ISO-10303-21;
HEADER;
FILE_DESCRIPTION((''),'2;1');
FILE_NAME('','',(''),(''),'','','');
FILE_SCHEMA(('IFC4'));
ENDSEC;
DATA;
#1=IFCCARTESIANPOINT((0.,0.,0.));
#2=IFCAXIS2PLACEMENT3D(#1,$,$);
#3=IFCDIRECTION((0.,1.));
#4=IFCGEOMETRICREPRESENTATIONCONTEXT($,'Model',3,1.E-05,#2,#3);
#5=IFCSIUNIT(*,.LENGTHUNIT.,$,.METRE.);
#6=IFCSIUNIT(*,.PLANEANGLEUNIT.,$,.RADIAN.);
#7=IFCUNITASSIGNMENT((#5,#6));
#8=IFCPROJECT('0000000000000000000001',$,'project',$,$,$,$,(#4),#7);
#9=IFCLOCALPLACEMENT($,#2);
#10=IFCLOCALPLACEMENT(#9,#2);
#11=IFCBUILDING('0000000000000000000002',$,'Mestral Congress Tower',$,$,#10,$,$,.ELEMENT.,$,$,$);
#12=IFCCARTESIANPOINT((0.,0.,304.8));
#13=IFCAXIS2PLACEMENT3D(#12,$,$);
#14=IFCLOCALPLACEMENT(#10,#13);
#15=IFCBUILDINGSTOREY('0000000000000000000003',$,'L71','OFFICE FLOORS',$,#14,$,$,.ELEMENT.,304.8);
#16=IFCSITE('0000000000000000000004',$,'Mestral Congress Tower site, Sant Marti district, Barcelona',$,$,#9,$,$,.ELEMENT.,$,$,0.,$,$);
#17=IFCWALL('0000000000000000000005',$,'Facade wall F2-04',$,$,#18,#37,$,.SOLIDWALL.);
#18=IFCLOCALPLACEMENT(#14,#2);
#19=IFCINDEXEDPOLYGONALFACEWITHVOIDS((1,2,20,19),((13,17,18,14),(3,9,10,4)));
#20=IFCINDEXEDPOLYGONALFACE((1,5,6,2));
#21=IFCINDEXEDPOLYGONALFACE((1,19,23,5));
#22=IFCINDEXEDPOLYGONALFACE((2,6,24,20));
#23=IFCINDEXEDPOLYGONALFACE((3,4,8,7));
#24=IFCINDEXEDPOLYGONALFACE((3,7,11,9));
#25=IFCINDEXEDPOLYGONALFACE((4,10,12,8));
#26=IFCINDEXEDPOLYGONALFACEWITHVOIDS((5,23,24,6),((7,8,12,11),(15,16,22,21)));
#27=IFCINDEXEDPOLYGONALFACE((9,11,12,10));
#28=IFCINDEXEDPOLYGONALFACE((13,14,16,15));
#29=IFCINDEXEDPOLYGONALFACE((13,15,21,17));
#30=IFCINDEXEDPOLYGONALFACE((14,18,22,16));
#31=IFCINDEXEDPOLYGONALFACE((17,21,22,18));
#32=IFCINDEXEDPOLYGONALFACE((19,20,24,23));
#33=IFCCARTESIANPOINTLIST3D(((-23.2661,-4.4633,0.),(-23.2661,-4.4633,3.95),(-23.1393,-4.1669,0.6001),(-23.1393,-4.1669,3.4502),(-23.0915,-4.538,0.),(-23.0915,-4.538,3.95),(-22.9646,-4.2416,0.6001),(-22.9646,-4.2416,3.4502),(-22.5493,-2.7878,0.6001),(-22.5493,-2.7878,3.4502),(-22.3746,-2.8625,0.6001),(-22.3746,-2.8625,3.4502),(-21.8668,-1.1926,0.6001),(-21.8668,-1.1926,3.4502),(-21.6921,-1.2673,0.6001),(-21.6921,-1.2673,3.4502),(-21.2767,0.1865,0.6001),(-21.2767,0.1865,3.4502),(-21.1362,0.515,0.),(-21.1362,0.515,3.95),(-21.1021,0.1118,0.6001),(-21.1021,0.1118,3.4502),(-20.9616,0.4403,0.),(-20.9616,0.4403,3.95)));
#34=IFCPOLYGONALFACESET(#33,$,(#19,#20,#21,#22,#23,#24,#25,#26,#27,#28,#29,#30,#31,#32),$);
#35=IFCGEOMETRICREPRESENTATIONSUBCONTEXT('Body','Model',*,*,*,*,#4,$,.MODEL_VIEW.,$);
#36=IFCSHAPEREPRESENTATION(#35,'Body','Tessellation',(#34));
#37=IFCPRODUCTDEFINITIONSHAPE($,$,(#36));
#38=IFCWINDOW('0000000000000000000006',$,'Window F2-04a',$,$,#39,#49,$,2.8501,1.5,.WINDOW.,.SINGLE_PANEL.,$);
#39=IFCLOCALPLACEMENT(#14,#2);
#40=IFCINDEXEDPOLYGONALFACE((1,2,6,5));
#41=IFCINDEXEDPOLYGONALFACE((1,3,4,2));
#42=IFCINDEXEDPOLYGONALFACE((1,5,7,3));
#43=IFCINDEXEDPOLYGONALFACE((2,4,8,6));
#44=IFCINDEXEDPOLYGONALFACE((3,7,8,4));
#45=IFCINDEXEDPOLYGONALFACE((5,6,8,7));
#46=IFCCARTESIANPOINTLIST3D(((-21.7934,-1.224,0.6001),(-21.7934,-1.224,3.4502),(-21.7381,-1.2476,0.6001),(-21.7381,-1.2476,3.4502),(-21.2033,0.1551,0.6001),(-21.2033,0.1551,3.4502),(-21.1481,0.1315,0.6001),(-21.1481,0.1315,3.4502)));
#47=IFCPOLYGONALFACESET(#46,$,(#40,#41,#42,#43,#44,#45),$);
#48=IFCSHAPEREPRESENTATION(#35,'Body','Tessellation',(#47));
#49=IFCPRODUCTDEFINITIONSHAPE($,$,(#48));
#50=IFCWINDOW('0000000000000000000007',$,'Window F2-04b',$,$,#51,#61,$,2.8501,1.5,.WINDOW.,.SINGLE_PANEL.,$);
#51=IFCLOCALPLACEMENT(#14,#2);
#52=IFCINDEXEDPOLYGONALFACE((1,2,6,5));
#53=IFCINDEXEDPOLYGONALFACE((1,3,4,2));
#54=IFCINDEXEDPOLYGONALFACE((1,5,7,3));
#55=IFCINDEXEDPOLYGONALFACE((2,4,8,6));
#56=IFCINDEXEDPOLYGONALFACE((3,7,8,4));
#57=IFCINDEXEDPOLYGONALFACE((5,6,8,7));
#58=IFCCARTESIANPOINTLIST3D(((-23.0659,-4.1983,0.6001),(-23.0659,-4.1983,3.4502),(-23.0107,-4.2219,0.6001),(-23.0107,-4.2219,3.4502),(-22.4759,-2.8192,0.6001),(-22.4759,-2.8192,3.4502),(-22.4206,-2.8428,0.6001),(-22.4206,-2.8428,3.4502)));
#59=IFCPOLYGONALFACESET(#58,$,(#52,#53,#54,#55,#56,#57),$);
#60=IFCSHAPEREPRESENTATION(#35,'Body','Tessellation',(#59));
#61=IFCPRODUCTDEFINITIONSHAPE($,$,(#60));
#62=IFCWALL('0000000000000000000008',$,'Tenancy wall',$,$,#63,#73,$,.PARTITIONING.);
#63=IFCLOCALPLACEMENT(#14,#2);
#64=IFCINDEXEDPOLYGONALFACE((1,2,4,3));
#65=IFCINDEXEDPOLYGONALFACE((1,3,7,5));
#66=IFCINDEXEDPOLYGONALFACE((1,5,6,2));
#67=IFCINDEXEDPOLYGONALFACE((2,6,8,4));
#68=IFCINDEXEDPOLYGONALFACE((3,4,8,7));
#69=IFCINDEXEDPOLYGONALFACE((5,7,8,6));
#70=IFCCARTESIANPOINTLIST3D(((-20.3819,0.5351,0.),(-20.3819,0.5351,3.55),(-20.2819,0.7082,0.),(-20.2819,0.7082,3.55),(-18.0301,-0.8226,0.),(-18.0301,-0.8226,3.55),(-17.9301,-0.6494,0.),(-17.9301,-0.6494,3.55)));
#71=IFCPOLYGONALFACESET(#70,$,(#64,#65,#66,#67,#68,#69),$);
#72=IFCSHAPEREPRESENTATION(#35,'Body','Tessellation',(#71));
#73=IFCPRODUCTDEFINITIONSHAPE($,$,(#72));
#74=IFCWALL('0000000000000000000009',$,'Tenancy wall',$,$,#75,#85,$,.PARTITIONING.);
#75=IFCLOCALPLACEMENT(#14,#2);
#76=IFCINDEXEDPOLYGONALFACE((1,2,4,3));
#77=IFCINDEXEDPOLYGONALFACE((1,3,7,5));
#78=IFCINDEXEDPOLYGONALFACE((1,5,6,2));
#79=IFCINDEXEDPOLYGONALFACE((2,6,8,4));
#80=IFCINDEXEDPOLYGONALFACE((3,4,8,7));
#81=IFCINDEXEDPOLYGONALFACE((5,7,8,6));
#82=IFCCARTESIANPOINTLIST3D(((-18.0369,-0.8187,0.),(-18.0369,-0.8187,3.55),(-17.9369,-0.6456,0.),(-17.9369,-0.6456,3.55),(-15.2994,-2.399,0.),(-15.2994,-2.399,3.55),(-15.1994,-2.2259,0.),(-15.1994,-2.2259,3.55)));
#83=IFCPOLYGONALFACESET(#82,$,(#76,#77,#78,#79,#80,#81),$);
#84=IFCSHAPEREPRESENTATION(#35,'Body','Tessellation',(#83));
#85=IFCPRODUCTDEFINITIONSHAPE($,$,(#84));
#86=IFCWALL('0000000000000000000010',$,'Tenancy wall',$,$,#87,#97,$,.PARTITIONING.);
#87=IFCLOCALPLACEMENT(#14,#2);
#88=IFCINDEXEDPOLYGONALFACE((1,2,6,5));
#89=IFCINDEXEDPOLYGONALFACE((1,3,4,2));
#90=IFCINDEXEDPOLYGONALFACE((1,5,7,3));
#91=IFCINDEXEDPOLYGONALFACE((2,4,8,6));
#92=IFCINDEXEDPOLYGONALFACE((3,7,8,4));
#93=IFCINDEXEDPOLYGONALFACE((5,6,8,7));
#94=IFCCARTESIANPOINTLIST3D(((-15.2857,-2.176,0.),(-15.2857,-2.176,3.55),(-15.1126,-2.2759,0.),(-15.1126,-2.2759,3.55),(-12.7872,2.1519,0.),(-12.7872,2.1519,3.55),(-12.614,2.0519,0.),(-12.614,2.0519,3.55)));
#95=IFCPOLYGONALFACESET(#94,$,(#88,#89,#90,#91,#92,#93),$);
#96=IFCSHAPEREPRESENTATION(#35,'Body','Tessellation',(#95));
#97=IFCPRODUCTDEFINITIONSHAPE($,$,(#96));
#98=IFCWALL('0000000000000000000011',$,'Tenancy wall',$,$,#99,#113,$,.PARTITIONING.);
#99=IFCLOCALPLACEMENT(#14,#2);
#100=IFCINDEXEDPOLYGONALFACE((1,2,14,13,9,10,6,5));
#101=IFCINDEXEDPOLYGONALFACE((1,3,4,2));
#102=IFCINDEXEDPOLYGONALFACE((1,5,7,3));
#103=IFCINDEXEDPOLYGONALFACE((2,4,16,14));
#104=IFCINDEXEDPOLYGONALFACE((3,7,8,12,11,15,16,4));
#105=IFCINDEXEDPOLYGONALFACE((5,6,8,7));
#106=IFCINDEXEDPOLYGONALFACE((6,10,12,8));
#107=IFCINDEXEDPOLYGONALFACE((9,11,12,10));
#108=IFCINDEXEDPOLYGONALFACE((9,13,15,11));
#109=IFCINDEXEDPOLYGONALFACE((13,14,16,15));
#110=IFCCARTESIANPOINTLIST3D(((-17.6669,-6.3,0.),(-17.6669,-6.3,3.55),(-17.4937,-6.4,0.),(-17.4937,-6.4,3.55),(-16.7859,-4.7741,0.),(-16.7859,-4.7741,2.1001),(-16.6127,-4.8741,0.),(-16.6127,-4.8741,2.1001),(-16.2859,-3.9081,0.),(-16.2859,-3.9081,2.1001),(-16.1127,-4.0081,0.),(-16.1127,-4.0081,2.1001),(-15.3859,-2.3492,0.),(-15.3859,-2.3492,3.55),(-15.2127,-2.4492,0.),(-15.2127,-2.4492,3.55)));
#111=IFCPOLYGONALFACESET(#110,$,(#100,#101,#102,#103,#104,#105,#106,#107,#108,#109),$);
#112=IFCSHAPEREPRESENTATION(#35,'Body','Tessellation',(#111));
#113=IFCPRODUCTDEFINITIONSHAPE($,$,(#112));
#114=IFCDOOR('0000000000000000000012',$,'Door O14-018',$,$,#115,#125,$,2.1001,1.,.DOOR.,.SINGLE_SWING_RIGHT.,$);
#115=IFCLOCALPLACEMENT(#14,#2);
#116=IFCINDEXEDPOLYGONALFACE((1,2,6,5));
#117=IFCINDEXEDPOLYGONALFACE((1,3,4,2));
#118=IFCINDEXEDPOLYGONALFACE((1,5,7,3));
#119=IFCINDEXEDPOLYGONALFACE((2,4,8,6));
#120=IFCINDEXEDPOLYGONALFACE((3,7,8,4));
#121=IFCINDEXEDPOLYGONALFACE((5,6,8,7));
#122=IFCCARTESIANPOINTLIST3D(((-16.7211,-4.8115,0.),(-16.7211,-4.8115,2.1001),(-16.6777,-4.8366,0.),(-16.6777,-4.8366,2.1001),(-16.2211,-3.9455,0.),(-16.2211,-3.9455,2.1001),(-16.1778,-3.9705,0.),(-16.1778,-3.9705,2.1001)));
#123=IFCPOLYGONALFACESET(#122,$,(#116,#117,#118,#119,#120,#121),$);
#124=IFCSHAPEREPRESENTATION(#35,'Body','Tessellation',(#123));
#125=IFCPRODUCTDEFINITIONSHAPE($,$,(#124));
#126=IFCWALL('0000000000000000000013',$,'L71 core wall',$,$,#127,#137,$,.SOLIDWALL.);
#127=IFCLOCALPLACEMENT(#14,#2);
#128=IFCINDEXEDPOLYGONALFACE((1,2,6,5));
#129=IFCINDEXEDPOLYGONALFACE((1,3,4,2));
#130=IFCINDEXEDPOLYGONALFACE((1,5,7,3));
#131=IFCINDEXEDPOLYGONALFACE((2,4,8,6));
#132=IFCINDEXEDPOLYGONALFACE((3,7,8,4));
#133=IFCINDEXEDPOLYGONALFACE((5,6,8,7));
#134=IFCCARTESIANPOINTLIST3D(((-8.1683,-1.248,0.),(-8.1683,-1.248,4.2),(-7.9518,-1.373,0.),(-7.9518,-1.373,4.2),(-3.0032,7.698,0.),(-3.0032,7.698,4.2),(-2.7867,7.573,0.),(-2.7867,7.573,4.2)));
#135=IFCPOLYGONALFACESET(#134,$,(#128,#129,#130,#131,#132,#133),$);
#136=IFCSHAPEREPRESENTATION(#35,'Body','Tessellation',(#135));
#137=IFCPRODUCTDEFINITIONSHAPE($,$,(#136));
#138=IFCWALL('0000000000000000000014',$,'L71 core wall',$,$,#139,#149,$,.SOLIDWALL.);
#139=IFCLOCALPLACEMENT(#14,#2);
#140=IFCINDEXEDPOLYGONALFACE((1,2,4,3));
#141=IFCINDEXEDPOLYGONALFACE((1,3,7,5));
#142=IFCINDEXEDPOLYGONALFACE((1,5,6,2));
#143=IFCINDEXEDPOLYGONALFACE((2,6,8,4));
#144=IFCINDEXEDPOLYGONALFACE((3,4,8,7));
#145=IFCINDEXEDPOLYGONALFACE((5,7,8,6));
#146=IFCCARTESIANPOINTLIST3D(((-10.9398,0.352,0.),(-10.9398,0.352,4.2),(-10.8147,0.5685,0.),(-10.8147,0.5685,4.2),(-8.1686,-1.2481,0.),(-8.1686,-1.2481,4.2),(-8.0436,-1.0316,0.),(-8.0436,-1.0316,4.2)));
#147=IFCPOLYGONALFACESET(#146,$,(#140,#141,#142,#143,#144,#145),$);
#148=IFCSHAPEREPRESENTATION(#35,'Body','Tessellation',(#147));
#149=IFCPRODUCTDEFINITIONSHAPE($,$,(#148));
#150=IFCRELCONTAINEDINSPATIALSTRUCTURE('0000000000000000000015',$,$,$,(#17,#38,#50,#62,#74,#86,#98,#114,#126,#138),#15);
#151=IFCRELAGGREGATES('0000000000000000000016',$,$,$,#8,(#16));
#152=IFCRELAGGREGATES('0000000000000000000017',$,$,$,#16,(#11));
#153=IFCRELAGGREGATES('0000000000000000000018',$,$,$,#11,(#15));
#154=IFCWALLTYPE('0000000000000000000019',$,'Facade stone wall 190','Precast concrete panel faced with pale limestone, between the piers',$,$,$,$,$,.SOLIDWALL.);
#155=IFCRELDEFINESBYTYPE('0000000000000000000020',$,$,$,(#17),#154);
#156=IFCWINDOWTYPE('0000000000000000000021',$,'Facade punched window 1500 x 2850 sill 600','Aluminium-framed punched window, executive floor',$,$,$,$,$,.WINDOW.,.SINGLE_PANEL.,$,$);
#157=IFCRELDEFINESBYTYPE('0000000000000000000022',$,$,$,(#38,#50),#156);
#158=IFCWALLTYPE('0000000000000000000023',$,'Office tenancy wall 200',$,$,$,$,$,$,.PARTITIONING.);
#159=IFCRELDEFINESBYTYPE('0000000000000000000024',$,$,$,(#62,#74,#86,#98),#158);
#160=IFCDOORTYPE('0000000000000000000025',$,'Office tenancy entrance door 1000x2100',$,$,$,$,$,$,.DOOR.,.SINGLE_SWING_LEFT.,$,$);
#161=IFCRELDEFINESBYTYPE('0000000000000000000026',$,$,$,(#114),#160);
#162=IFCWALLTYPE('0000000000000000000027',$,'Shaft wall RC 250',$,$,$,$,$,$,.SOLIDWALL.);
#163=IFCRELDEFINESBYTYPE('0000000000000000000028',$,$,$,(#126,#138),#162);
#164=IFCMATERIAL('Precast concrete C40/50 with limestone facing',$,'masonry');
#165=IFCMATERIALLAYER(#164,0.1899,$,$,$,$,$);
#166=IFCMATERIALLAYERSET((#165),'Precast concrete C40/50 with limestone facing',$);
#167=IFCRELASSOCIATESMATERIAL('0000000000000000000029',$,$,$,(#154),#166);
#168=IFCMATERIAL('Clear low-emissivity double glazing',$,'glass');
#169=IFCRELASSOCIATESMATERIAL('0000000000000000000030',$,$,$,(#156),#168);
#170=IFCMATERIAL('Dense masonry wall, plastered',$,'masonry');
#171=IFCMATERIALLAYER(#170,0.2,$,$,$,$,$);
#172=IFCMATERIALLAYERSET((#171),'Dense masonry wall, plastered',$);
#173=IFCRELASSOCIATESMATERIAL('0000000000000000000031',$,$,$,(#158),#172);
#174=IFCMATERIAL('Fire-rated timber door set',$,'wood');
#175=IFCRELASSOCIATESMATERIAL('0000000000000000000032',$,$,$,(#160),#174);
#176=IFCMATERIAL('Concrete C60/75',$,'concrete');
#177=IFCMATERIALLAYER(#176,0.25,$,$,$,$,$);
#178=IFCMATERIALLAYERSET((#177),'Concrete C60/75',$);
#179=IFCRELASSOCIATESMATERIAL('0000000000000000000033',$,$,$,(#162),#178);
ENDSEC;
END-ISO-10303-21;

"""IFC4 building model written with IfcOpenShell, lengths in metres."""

from ifc_helpers import new_model, si_unit, direction, frame, frame_2d, origin, place, context, subcontext, project, spatial, rectangle, extrude, material, layer, layer_set, type_object, element, fill, save


model = new_model("IFC4")

# Units and contexts
model_context = context("Model", 3, precision=1e-05, world=origin(), true_north=direction((0.0, 1.0)))
body_context = subcontext(model_context, "Body", "Model", "MODEL_VIEW")
ifc_project = project(units=[si_unit("LENGTHUNIT", "METRE"), si_unit("PLANEANGLEUNIT", "RADIAN")], contexts=[model_context])

# Site, building, storey
site_placement = place(None, origin())
site = spatial("IfcSite", under=ifc_project, at=site_placement, Name="Mestral Congress Tower site, Sant Marti district, Barcelona", CompositionType="ELEMENT", RefElevation=0.0)
building_placement = place(site_placement, origin())
building = spatial("IfcBuilding", under=site, at=building_placement, Name="Mestral Congress Tower", CompositionType="ELEMENT")
storey_placement = place(building_placement, frame((0.0, 0.0, 304.8)))
storey = spatial("IfcBuildingStorey", under=building, at=storey_placement, Name="L71", Description="OFFICE FLOORS", CompositionType="ELEMENT", Elevation=304.8)

# Shared definitions
ifc_material_1 = material(Name="Concrete C60/75", Category="concrete")

# Wall, openings, windows
ifc_material_2 = material(Name="Precast concrete C40/50 with limestone facing", Category="masonry")
ifc_layer_1 = layer(ifc_material_2, 0.1899)
ifc_layer_set_1 = layer_set([ifc_layer_1], Name="Precast concrete C40/50 with limestone facing")
wall_type_1 = type_object("IfcWallType", Name="Facade stone wall 190", Description="Precast concrete panel faced with pale limestone, between the piers", PredefinedType="SOLIDWALL", material=ifc_layer_set_1)
ifc_material_3 = material(Name="Clear low-emissivity double glazing", Category="glass")
window_type = type_object("IfcWindowType", Name="Facade punched window 1500 x 2850 sill 600", Description="Aluminium-framed punched window, executive floor", PartitioningType="SINGLE_PANEL", PredefinedType="WINDOW", material=ifc_material_3)
wall_1_placement = place(storey_placement, frame((-21.0488, 0.4778, 0.0), z_axis=(0.0, 0.0, 1.0), x_axis=(-0.393348, -0.91939, 0.0)))
wall_1 = element("IfcWall", 1, at=wall_1_placement, inside=storey, type_object=wall_type_1, Name="Facade wall F2-04", PredefinedType="SOLIDWALL", context=body_context, shape_type="SweptSolid", body=[
    extrude(rectangle(XDim=5.4148, YDim=0.1899, at=frame_2d((2.7075, 0.0))), origin(), (0.0, 0.0, 1.0), 3.95),
])
opening_1_placement = place(wall_1_placement, frame((0.3574, 0.0, 0.6001)))
opening_1 = element("IfcOpeningElement", 2, at=opening_1_placement, cuts=wall_1, PredefinedType="OPENING", context=body_context, shape_type="SweptSolid", body=[
    extrude(rectangle(XDim=1.5, YDim=2.8501, at=frame_2d((0.75, 1.425))), frame((0.0, 0.105, 0.0), z_axis=(0.0, -1.0, 0.0), x_axis=(1.0, 0.0, 0.0)), (0.0, 0.0, 1.0), 0.21),
])
opening_2_placement = place(wall_1_placement, frame((3.5925, 0.0, 0.6001)))
opening_2 = element("IfcOpeningElement", 3, at=opening_2_placement, cuts=wall_1, PredefinedType="OPENING", context=body_context, shape_type="SweptSolid", body=[
    extrude(rectangle(XDim=1.5, YDim=2.8501, at=frame_2d((0.75, 1.425))), frame((0.0, 0.105, 0.0), z_axis=(0.0, -1.0, 0.0), x_axis=(1.0, 0.0, 0.0)), (0.0, 0.0, 1.0), 0.21),
])
window_1_placement = place(opening_1_placement, origin())
window_1 = element("IfcWindow", 4, at=window_1_placement, inside=storey, type_object=window_type, Name="Window F2-04a", OverallHeight=2.8501, OverallWidth=1.5, PartitioningType="SINGLE_PANEL", PredefinedType="WINDOW", context=body_context, shape_type="SweptSolid", body=[
    extrude(rectangle(XDim=1.5, YDim=2.8501, at=frame_2d((0.75, 1.425))), frame((0.0, 0.0449, 0.0), z_axis=(0.0, -1.0, 0.0), x_axis=(1.0, 0.0, 0.0)), (0.0, 0.0, 1.0), 0.0601),
])
fill(opening_1, window_1)
window_2_placement = place(opening_2_placement, origin())
window_2 = element("IfcWindow", 5, at=window_2_placement, inside=storey, type_object=window_type, Name="Window F2-04b", OverallHeight=2.8501, OverallWidth=1.5, PartitioningType="SINGLE_PANEL", PredefinedType="WINDOW", context=body_context, shape_type="SweptSolid", body=[
    extrude(rectangle(XDim=1.5, YDim=2.8501, at=frame_2d((0.75, 1.425))), frame((0.0, 0.0449, 0.0), z_axis=(0.0, -1.0, 0.0), x_axis=(1.0, 0.0, 0.0)), (0.0, 0.0, 1.0), 0.0601),
])
fill(opening_2, window_2)

# Walls
ifc_material_4 = material(Name="Dense masonry wall, plastered", Category="masonry")
ifc_layer_2 = layer(ifc_material_4, 0.2)
ifc_layer_set_2 = layer_set([ifc_layer_2], Name="Dense masonry wall, plastered")
wall_type_2 = type_object("IfcWallType", Name="Office tenancy wall 200", PredefinedType="PARTITIONING", material=ifc_layer_set_2)
wall_2_placement = place(storey_placement, frame((-17.98, -0.7361, 0.0), z_axis=(0.0, 0.0, 1.0), x_axis=(-0.866049, 0.499959, 0.0)))
element("IfcWall", 6, at=wall_2_placement, inside=storey, type_object=wall_type_2, Name="Tenancy wall", PredefinedType="PARTITIONING", context=body_context, shape_type="SweptSolid", body=[
    extrude(rectangle(XDim=2.7156, YDim=0.2, at=frame_2d((1.3579, 0.0))), origin(), (0.0, 0.0, 1.0), 3.55),
])
wall_3_placement = place(storey_placement, frame((-15.2493, -2.3125, 0.0), z_axis=(0.0, 0.0, 1.0), x_axis=(-0.866053, 0.499952, 0.0)))
element("IfcWall", 7, at=wall_3_placement, inside=storey, type_object=wall_type_2, Name="Tenancy wall", PredefinedType="PARTITIONING", context=body_context, shape_type="SweptSolid", body=[
    extrude(rectangle(XDim=3.1609, YDim=0.2, at=frame_2d((1.5806, 0.0))), origin(), (0.0, 0.0, 1.0), 3.55),
])
wall_4_placement = place(storey_placement, frame((-12.7007, 2.1018, 0.0), z_axis=(0.0, 0.0, 1.0), x_axis=(-0.499975, -0.86604, 0.0)))
element("IfcWall", 8, at=wall_4_placement, inside=storey, type_object=wall_type_2, Name="Tenancy wall", PredefinedType="PARTITIONING", context=body_context, shape_type="SweptSolid", body=[
    extrude(rectangle(XDim=4.9973, YDim=0.2, at=frame_2d((2.4985, 0.0))), origin(), (0.0, 0.0, 1.0), 3.55),
])

# Wall, opening, door
wall_5_placement = place(storey_placement, frame((-15.2993, -2.3992, 0.0), z_axis=(0.0, 0.0, 1.0), x_axis=(-0.49999, -0.866031, 0.0)))
wall_5 = element("IfcWall", 9, at=wall_5_placement, inside=storey, type_object=wall_type_2, Name="Tenancy wall", PredefinedType="PARTITIONING", context=body_context, shape_type="SweptSolid", body=[
    extrude(rectangle(XDim=4.562, YDim=0.2, at=frame_2d((2.281, 0.0))), origin(), (0.0, 0.0, 1.0), 3.55),
])
opening_3_placement = place(wall_5_placement, frame((1.8, 0.0, 0.0)))
opening_3 = element("IfcOpeningElement", 10, at=opening_3_placement, cuts=wall_5, PredefinedType="OPENING", context=body_context, shape_type="SweptSolid", body=[
    extrude(rectangle(XDim=1.0, YDim=2.1001, at=frame_2d((0.5, 1.05))), frame((0.0, 0.1099, 0.0), z_axis=(0.0, -1.0, 0.0), x_axis=(1.0, 0.0, 0.0)), (0.0, 0.0, 1.0), 0.22),
])
ifc_material_5 = material(Name="Fire-rated timber door set", Category="wood")
door_type_1 = type_object("IfcDoorType", Name="Office tenancy entrance door 1000x2100", OperationType="SINGLE_SWING_LEFT", PredefinedType="DOOR", material=ifc_material_5)
door_1_placement = place(opening_3_placement, origin())
door_1 = element("IfcDoor", 11, at=door_1_placement, inside=storey, type_object=door_type_1, Name="Door O14-018", OperationType="SINGLE_SWING_RIGHT", OverallHeight=2.1001, OverallWidth=1.0, PredefinedType="DOOR", context=body_context, shape_type="SweptSolid", body=[
    extrude(rectangle(XDim=1.0, YDim=2.1001, at=frame_2d((0.5, 1.05))), frame((0.0, 0.0249, 0.0), z_axis=(0.0, -1.0, 0.0), x_axis=(1.0, 0.0, 0.0)), (0.0, 0.0, 1.0), 0.05),
])
fill(opening_3, door_1)

# Walls
ifc_layer_3 = layer(ifc_material_1, 0.25)
ifc_layer_set_3 = layer_set([ifc_layer_3], Name="Concrete C60/75")
wall_type_3 = type_object("IfcWallType", Name="Shaft wall RC 250", PredefinedType="SOLIDWALL", material=ifc_layer_set_3)
wall_6_placement = place(storey_placement, frame((-8.0601, -1.3105, 0.0), z_axis=(0.0, 0.0, 1.0), x_axis=(0.500003, 0.866024, 0.0)))
element("IfcWall", 12, at=wall_6_placement, inside=storey, type_object=wall_type_3, Name="L71 core wall", PredefinedType="SOLIDWALL", context=body_context, shape_type="SweptSolid", body=[
    extrude(rectangle(XDim=10.3301, YDim=0.25, at=frame_2d((5.165, 0.0))), origin(), (0.0, 0.0, 1.0), 4.2),
])
wall_7_placement = place(storey_placement, frame((-8.106, -1.1399, 0.0), z_axis=(0.0, 0.0, 1.0), x_axis=(-0.866009, 0.500028, 0.0)))
element("IfcWall", 13, at=wall_7_placement, inside=storey, type_object=wall_type_3, Name="L71 core wall", PredefinedType="SOLIDWALL", context=body_context, shape_type="SweptSolid", body=[
    extrude(rectangle(XDim=3.2, YDim=0.25, at=frame_2d((1.6001, 0.0))), origin(), (0.0, 0.0, 1.0), 4.2),
])

save(model, "model.ifc")
